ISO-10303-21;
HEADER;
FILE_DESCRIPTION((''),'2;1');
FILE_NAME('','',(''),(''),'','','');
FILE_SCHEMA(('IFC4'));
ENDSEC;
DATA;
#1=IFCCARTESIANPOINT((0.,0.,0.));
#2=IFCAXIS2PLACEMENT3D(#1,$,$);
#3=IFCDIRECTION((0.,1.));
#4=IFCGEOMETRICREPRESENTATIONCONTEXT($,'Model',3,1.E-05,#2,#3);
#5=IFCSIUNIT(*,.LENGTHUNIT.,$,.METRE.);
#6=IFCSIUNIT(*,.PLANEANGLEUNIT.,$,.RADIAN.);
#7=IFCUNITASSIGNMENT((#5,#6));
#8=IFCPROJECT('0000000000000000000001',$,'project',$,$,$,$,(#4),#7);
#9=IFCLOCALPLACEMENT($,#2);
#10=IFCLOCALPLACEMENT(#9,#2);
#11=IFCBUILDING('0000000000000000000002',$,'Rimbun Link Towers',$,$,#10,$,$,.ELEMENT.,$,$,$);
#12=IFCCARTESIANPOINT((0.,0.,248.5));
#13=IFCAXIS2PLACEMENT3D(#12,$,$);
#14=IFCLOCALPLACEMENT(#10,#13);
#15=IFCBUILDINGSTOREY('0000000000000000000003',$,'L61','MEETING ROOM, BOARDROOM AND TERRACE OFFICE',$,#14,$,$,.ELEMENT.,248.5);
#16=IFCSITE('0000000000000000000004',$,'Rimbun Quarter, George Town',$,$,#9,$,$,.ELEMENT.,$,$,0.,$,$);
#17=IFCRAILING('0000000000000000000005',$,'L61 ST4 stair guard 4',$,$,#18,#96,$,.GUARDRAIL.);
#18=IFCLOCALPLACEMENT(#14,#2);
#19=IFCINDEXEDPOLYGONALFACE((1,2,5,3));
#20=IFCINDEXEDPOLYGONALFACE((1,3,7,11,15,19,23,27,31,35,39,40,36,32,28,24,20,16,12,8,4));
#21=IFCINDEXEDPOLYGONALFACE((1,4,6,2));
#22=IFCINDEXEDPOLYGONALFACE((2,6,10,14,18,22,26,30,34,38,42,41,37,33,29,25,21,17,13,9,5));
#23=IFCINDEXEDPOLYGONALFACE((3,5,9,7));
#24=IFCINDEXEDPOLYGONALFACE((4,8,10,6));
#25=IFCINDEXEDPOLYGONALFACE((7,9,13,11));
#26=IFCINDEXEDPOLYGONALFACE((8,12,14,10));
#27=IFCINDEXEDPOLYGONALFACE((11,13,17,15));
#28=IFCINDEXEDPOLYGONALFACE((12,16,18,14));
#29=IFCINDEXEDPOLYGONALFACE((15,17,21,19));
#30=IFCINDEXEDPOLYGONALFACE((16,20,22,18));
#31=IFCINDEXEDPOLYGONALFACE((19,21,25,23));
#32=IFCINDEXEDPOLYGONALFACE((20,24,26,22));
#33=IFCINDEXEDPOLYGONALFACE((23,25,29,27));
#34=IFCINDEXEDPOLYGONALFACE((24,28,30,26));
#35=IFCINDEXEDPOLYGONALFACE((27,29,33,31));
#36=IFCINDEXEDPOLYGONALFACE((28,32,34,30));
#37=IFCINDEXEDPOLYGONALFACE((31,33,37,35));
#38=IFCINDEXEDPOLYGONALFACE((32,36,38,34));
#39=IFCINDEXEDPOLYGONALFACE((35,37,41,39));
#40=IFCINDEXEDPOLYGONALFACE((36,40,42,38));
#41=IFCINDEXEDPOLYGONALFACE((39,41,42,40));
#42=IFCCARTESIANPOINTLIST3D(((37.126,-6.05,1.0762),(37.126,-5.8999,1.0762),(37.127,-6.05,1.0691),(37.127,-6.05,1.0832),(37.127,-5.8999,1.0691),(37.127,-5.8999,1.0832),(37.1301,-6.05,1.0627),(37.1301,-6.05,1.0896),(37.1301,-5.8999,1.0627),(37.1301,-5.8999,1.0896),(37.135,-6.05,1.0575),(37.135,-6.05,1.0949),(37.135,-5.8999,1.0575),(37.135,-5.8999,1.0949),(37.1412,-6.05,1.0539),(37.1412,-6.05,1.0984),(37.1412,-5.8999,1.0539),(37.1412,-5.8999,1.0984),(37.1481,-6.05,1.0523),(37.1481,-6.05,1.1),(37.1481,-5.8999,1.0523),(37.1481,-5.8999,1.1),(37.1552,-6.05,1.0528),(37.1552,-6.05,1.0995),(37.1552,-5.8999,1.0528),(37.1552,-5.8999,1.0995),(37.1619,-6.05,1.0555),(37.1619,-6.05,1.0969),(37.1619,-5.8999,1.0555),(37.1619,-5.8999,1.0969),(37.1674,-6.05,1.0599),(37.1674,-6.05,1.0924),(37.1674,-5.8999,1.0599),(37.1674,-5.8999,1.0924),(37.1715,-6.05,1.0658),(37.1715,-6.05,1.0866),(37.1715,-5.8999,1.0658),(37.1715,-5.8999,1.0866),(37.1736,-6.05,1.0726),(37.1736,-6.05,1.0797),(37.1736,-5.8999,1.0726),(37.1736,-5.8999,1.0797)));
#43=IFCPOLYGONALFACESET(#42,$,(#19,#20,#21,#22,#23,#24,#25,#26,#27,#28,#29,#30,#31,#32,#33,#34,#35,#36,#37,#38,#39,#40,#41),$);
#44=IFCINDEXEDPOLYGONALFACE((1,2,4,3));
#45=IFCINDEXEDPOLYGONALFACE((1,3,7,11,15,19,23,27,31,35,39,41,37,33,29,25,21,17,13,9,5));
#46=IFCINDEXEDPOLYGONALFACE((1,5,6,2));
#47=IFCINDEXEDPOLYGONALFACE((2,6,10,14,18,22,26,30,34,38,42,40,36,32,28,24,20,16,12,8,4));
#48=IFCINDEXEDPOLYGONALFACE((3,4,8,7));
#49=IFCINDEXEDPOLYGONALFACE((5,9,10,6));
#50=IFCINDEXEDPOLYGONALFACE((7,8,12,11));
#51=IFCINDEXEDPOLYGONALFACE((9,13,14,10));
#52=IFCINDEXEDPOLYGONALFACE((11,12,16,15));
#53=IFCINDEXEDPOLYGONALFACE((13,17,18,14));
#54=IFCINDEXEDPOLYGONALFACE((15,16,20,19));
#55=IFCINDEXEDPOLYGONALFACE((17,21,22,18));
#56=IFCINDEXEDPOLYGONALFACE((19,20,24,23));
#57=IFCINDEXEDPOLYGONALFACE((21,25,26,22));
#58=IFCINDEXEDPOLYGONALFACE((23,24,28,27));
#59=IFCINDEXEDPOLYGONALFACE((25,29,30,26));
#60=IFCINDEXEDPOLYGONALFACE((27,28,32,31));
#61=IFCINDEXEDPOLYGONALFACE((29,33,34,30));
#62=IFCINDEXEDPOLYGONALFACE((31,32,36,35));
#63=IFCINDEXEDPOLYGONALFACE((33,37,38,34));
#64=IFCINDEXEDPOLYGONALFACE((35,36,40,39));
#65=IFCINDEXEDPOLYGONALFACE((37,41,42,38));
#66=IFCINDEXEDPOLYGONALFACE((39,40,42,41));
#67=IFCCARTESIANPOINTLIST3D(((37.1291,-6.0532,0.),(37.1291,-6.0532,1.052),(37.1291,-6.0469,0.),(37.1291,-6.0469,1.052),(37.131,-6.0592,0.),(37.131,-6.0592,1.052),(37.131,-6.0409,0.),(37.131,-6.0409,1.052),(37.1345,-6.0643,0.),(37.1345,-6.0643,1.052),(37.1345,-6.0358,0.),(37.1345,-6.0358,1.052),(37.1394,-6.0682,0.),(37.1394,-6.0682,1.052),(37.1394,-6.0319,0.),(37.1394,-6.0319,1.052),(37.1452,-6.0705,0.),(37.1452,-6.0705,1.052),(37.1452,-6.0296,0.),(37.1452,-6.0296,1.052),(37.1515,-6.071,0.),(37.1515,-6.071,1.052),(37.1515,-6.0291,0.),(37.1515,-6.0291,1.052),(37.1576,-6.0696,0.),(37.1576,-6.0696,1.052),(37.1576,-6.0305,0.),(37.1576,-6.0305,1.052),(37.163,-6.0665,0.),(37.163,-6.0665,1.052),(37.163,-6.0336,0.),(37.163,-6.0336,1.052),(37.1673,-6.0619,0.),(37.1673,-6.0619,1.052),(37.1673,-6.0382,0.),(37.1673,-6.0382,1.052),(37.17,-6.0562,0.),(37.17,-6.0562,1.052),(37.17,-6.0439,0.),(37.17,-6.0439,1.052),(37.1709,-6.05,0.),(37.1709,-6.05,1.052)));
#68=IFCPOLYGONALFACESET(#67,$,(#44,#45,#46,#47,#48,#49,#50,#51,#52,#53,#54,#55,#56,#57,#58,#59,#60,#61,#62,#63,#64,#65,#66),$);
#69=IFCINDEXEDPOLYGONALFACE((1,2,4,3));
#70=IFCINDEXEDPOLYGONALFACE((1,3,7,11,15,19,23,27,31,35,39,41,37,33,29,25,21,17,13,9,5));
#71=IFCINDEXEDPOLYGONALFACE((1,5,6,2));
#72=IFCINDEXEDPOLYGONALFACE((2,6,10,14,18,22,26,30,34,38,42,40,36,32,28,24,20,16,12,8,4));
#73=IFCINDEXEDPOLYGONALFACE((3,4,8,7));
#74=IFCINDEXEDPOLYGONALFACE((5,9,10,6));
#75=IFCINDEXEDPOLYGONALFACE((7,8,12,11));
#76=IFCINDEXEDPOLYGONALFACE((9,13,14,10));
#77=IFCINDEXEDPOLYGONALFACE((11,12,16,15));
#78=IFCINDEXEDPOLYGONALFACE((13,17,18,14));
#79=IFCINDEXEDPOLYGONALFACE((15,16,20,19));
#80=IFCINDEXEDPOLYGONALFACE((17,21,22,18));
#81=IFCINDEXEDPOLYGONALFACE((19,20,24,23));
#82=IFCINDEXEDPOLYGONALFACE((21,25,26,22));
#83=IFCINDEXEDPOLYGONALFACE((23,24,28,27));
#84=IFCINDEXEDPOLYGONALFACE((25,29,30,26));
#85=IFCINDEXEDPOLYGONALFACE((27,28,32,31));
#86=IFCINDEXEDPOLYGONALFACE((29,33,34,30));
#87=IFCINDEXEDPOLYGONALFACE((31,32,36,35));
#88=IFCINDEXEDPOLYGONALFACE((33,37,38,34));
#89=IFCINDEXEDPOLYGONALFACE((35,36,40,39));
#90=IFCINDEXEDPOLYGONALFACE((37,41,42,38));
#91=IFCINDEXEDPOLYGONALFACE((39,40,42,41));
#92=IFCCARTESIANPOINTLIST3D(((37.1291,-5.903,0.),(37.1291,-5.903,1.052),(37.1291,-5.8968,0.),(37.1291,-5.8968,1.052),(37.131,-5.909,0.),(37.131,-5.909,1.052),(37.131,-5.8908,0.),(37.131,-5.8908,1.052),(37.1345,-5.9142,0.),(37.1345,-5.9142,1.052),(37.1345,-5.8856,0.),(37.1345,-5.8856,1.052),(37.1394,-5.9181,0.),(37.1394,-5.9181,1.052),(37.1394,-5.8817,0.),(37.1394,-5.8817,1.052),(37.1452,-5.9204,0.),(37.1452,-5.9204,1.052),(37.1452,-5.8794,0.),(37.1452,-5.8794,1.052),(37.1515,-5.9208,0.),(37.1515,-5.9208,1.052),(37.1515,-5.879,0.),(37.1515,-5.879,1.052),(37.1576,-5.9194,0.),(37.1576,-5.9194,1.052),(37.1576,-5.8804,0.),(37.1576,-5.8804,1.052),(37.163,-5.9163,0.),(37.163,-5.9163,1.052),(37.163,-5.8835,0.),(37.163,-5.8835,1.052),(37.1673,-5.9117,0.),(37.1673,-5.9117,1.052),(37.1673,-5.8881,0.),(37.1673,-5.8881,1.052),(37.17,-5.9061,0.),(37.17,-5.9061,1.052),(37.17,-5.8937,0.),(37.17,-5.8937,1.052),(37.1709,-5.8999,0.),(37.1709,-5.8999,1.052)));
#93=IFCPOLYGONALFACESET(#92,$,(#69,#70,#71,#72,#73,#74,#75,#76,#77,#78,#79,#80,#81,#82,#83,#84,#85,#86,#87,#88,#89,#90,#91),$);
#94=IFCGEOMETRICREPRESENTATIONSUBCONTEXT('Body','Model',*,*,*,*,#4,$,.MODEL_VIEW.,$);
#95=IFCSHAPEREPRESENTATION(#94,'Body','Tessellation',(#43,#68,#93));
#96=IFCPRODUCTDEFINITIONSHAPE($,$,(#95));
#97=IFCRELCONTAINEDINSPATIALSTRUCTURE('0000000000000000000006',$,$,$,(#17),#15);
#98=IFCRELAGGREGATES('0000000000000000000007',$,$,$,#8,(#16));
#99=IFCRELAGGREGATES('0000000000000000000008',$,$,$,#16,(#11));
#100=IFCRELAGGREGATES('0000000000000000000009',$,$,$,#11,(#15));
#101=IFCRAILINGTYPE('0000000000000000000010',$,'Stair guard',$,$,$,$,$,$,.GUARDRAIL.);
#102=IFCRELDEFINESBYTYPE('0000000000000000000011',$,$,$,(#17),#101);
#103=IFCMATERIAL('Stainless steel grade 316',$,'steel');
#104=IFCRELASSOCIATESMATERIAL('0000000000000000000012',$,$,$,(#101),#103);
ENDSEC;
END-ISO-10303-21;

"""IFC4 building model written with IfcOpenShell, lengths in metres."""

from ifc_helpers import new_model, si_unit, direction, frame, origin, origin_2d, place, context, subcontext, project, spatial, circle, extrude, material, type_object, element, save


model = new_model("IFC4")

# Units and contexts
model_context = context("Model", 3, precision=1e-05, world=origin(), true_north=direction((0.0, 1.0)))
body_context = subcontext(model_context, "Body", "Model", "MODEL_VIEW")
ifc_project = project(units=[si_unit("LENGTHUNIT", "METRE"), si_unit("PLANEANGLEUNIT", "RADIAN")], contexts=[model_context])

# Site, building, storey
site_placement = place(None, origin())
site = spatial("IfcSite", under=ifc_project, at=site_placement, Name="Rimbun Quarter, George Town", CompositionType="ELEMENT", RefElevation=0.0)
building_placement = place(site_placement, origin())
building = spatial("IfcBuilding", under=site, at=building_placement, Name="Rimbun Link Towers", CompositionType="ELEMENT")
storey_placement = place(building_placement, frame((0.0, 0.0, 248.5)))
storey = spatial("IfcBuildingStorey", under=building, at=storey_placement, Name="L61", Description="MEETING ROOM, BOARDROOM AND TERRACE OFFICE", CompositionType="ELEMENT", Elevation=248.5)

# Railing
ifc_material_1 = material(Name="Stainless steel grade 316", Category="steel")
railing_type_1 = type_object("IfcRailingType", Name="Stair guard", PredefinedType="GUARDRAIL", material=ifc_material_1)
railing_1_placement = place(storey_placement, frame((37.1499, -6.05, 0.0)))
element("IfcRailing", 1, at=railing_1_placement, inside=storey, type_object=railing_type_1, Name="L61 ST4 stair guard 4", PredefinedType="GUARDRAIL", context=body_context, shape_type="SweptSolid", body=[
    extrude(circle(Radius=0.0239, at=origin_2d()), frame((0.0, 0.0, 1.0762), z_axis=(0.0, 1.0, 0.0), x_axis=(-1.0, 0.0, 0.0)), (0.0, 0.0, 1.0), 0.1501),
    extrude(circle(Radius=0.021, at=origin_2d()), origin(), (0.0, 0.0, 1.0), 1.052),
    extrude(circle(Radius=0.021, at=origin_2d()), frame((0.0, 0.1501, 0.0)), (0.0, 0.0, 1.0), 1.052),
])

save(model, "model.ifc")
